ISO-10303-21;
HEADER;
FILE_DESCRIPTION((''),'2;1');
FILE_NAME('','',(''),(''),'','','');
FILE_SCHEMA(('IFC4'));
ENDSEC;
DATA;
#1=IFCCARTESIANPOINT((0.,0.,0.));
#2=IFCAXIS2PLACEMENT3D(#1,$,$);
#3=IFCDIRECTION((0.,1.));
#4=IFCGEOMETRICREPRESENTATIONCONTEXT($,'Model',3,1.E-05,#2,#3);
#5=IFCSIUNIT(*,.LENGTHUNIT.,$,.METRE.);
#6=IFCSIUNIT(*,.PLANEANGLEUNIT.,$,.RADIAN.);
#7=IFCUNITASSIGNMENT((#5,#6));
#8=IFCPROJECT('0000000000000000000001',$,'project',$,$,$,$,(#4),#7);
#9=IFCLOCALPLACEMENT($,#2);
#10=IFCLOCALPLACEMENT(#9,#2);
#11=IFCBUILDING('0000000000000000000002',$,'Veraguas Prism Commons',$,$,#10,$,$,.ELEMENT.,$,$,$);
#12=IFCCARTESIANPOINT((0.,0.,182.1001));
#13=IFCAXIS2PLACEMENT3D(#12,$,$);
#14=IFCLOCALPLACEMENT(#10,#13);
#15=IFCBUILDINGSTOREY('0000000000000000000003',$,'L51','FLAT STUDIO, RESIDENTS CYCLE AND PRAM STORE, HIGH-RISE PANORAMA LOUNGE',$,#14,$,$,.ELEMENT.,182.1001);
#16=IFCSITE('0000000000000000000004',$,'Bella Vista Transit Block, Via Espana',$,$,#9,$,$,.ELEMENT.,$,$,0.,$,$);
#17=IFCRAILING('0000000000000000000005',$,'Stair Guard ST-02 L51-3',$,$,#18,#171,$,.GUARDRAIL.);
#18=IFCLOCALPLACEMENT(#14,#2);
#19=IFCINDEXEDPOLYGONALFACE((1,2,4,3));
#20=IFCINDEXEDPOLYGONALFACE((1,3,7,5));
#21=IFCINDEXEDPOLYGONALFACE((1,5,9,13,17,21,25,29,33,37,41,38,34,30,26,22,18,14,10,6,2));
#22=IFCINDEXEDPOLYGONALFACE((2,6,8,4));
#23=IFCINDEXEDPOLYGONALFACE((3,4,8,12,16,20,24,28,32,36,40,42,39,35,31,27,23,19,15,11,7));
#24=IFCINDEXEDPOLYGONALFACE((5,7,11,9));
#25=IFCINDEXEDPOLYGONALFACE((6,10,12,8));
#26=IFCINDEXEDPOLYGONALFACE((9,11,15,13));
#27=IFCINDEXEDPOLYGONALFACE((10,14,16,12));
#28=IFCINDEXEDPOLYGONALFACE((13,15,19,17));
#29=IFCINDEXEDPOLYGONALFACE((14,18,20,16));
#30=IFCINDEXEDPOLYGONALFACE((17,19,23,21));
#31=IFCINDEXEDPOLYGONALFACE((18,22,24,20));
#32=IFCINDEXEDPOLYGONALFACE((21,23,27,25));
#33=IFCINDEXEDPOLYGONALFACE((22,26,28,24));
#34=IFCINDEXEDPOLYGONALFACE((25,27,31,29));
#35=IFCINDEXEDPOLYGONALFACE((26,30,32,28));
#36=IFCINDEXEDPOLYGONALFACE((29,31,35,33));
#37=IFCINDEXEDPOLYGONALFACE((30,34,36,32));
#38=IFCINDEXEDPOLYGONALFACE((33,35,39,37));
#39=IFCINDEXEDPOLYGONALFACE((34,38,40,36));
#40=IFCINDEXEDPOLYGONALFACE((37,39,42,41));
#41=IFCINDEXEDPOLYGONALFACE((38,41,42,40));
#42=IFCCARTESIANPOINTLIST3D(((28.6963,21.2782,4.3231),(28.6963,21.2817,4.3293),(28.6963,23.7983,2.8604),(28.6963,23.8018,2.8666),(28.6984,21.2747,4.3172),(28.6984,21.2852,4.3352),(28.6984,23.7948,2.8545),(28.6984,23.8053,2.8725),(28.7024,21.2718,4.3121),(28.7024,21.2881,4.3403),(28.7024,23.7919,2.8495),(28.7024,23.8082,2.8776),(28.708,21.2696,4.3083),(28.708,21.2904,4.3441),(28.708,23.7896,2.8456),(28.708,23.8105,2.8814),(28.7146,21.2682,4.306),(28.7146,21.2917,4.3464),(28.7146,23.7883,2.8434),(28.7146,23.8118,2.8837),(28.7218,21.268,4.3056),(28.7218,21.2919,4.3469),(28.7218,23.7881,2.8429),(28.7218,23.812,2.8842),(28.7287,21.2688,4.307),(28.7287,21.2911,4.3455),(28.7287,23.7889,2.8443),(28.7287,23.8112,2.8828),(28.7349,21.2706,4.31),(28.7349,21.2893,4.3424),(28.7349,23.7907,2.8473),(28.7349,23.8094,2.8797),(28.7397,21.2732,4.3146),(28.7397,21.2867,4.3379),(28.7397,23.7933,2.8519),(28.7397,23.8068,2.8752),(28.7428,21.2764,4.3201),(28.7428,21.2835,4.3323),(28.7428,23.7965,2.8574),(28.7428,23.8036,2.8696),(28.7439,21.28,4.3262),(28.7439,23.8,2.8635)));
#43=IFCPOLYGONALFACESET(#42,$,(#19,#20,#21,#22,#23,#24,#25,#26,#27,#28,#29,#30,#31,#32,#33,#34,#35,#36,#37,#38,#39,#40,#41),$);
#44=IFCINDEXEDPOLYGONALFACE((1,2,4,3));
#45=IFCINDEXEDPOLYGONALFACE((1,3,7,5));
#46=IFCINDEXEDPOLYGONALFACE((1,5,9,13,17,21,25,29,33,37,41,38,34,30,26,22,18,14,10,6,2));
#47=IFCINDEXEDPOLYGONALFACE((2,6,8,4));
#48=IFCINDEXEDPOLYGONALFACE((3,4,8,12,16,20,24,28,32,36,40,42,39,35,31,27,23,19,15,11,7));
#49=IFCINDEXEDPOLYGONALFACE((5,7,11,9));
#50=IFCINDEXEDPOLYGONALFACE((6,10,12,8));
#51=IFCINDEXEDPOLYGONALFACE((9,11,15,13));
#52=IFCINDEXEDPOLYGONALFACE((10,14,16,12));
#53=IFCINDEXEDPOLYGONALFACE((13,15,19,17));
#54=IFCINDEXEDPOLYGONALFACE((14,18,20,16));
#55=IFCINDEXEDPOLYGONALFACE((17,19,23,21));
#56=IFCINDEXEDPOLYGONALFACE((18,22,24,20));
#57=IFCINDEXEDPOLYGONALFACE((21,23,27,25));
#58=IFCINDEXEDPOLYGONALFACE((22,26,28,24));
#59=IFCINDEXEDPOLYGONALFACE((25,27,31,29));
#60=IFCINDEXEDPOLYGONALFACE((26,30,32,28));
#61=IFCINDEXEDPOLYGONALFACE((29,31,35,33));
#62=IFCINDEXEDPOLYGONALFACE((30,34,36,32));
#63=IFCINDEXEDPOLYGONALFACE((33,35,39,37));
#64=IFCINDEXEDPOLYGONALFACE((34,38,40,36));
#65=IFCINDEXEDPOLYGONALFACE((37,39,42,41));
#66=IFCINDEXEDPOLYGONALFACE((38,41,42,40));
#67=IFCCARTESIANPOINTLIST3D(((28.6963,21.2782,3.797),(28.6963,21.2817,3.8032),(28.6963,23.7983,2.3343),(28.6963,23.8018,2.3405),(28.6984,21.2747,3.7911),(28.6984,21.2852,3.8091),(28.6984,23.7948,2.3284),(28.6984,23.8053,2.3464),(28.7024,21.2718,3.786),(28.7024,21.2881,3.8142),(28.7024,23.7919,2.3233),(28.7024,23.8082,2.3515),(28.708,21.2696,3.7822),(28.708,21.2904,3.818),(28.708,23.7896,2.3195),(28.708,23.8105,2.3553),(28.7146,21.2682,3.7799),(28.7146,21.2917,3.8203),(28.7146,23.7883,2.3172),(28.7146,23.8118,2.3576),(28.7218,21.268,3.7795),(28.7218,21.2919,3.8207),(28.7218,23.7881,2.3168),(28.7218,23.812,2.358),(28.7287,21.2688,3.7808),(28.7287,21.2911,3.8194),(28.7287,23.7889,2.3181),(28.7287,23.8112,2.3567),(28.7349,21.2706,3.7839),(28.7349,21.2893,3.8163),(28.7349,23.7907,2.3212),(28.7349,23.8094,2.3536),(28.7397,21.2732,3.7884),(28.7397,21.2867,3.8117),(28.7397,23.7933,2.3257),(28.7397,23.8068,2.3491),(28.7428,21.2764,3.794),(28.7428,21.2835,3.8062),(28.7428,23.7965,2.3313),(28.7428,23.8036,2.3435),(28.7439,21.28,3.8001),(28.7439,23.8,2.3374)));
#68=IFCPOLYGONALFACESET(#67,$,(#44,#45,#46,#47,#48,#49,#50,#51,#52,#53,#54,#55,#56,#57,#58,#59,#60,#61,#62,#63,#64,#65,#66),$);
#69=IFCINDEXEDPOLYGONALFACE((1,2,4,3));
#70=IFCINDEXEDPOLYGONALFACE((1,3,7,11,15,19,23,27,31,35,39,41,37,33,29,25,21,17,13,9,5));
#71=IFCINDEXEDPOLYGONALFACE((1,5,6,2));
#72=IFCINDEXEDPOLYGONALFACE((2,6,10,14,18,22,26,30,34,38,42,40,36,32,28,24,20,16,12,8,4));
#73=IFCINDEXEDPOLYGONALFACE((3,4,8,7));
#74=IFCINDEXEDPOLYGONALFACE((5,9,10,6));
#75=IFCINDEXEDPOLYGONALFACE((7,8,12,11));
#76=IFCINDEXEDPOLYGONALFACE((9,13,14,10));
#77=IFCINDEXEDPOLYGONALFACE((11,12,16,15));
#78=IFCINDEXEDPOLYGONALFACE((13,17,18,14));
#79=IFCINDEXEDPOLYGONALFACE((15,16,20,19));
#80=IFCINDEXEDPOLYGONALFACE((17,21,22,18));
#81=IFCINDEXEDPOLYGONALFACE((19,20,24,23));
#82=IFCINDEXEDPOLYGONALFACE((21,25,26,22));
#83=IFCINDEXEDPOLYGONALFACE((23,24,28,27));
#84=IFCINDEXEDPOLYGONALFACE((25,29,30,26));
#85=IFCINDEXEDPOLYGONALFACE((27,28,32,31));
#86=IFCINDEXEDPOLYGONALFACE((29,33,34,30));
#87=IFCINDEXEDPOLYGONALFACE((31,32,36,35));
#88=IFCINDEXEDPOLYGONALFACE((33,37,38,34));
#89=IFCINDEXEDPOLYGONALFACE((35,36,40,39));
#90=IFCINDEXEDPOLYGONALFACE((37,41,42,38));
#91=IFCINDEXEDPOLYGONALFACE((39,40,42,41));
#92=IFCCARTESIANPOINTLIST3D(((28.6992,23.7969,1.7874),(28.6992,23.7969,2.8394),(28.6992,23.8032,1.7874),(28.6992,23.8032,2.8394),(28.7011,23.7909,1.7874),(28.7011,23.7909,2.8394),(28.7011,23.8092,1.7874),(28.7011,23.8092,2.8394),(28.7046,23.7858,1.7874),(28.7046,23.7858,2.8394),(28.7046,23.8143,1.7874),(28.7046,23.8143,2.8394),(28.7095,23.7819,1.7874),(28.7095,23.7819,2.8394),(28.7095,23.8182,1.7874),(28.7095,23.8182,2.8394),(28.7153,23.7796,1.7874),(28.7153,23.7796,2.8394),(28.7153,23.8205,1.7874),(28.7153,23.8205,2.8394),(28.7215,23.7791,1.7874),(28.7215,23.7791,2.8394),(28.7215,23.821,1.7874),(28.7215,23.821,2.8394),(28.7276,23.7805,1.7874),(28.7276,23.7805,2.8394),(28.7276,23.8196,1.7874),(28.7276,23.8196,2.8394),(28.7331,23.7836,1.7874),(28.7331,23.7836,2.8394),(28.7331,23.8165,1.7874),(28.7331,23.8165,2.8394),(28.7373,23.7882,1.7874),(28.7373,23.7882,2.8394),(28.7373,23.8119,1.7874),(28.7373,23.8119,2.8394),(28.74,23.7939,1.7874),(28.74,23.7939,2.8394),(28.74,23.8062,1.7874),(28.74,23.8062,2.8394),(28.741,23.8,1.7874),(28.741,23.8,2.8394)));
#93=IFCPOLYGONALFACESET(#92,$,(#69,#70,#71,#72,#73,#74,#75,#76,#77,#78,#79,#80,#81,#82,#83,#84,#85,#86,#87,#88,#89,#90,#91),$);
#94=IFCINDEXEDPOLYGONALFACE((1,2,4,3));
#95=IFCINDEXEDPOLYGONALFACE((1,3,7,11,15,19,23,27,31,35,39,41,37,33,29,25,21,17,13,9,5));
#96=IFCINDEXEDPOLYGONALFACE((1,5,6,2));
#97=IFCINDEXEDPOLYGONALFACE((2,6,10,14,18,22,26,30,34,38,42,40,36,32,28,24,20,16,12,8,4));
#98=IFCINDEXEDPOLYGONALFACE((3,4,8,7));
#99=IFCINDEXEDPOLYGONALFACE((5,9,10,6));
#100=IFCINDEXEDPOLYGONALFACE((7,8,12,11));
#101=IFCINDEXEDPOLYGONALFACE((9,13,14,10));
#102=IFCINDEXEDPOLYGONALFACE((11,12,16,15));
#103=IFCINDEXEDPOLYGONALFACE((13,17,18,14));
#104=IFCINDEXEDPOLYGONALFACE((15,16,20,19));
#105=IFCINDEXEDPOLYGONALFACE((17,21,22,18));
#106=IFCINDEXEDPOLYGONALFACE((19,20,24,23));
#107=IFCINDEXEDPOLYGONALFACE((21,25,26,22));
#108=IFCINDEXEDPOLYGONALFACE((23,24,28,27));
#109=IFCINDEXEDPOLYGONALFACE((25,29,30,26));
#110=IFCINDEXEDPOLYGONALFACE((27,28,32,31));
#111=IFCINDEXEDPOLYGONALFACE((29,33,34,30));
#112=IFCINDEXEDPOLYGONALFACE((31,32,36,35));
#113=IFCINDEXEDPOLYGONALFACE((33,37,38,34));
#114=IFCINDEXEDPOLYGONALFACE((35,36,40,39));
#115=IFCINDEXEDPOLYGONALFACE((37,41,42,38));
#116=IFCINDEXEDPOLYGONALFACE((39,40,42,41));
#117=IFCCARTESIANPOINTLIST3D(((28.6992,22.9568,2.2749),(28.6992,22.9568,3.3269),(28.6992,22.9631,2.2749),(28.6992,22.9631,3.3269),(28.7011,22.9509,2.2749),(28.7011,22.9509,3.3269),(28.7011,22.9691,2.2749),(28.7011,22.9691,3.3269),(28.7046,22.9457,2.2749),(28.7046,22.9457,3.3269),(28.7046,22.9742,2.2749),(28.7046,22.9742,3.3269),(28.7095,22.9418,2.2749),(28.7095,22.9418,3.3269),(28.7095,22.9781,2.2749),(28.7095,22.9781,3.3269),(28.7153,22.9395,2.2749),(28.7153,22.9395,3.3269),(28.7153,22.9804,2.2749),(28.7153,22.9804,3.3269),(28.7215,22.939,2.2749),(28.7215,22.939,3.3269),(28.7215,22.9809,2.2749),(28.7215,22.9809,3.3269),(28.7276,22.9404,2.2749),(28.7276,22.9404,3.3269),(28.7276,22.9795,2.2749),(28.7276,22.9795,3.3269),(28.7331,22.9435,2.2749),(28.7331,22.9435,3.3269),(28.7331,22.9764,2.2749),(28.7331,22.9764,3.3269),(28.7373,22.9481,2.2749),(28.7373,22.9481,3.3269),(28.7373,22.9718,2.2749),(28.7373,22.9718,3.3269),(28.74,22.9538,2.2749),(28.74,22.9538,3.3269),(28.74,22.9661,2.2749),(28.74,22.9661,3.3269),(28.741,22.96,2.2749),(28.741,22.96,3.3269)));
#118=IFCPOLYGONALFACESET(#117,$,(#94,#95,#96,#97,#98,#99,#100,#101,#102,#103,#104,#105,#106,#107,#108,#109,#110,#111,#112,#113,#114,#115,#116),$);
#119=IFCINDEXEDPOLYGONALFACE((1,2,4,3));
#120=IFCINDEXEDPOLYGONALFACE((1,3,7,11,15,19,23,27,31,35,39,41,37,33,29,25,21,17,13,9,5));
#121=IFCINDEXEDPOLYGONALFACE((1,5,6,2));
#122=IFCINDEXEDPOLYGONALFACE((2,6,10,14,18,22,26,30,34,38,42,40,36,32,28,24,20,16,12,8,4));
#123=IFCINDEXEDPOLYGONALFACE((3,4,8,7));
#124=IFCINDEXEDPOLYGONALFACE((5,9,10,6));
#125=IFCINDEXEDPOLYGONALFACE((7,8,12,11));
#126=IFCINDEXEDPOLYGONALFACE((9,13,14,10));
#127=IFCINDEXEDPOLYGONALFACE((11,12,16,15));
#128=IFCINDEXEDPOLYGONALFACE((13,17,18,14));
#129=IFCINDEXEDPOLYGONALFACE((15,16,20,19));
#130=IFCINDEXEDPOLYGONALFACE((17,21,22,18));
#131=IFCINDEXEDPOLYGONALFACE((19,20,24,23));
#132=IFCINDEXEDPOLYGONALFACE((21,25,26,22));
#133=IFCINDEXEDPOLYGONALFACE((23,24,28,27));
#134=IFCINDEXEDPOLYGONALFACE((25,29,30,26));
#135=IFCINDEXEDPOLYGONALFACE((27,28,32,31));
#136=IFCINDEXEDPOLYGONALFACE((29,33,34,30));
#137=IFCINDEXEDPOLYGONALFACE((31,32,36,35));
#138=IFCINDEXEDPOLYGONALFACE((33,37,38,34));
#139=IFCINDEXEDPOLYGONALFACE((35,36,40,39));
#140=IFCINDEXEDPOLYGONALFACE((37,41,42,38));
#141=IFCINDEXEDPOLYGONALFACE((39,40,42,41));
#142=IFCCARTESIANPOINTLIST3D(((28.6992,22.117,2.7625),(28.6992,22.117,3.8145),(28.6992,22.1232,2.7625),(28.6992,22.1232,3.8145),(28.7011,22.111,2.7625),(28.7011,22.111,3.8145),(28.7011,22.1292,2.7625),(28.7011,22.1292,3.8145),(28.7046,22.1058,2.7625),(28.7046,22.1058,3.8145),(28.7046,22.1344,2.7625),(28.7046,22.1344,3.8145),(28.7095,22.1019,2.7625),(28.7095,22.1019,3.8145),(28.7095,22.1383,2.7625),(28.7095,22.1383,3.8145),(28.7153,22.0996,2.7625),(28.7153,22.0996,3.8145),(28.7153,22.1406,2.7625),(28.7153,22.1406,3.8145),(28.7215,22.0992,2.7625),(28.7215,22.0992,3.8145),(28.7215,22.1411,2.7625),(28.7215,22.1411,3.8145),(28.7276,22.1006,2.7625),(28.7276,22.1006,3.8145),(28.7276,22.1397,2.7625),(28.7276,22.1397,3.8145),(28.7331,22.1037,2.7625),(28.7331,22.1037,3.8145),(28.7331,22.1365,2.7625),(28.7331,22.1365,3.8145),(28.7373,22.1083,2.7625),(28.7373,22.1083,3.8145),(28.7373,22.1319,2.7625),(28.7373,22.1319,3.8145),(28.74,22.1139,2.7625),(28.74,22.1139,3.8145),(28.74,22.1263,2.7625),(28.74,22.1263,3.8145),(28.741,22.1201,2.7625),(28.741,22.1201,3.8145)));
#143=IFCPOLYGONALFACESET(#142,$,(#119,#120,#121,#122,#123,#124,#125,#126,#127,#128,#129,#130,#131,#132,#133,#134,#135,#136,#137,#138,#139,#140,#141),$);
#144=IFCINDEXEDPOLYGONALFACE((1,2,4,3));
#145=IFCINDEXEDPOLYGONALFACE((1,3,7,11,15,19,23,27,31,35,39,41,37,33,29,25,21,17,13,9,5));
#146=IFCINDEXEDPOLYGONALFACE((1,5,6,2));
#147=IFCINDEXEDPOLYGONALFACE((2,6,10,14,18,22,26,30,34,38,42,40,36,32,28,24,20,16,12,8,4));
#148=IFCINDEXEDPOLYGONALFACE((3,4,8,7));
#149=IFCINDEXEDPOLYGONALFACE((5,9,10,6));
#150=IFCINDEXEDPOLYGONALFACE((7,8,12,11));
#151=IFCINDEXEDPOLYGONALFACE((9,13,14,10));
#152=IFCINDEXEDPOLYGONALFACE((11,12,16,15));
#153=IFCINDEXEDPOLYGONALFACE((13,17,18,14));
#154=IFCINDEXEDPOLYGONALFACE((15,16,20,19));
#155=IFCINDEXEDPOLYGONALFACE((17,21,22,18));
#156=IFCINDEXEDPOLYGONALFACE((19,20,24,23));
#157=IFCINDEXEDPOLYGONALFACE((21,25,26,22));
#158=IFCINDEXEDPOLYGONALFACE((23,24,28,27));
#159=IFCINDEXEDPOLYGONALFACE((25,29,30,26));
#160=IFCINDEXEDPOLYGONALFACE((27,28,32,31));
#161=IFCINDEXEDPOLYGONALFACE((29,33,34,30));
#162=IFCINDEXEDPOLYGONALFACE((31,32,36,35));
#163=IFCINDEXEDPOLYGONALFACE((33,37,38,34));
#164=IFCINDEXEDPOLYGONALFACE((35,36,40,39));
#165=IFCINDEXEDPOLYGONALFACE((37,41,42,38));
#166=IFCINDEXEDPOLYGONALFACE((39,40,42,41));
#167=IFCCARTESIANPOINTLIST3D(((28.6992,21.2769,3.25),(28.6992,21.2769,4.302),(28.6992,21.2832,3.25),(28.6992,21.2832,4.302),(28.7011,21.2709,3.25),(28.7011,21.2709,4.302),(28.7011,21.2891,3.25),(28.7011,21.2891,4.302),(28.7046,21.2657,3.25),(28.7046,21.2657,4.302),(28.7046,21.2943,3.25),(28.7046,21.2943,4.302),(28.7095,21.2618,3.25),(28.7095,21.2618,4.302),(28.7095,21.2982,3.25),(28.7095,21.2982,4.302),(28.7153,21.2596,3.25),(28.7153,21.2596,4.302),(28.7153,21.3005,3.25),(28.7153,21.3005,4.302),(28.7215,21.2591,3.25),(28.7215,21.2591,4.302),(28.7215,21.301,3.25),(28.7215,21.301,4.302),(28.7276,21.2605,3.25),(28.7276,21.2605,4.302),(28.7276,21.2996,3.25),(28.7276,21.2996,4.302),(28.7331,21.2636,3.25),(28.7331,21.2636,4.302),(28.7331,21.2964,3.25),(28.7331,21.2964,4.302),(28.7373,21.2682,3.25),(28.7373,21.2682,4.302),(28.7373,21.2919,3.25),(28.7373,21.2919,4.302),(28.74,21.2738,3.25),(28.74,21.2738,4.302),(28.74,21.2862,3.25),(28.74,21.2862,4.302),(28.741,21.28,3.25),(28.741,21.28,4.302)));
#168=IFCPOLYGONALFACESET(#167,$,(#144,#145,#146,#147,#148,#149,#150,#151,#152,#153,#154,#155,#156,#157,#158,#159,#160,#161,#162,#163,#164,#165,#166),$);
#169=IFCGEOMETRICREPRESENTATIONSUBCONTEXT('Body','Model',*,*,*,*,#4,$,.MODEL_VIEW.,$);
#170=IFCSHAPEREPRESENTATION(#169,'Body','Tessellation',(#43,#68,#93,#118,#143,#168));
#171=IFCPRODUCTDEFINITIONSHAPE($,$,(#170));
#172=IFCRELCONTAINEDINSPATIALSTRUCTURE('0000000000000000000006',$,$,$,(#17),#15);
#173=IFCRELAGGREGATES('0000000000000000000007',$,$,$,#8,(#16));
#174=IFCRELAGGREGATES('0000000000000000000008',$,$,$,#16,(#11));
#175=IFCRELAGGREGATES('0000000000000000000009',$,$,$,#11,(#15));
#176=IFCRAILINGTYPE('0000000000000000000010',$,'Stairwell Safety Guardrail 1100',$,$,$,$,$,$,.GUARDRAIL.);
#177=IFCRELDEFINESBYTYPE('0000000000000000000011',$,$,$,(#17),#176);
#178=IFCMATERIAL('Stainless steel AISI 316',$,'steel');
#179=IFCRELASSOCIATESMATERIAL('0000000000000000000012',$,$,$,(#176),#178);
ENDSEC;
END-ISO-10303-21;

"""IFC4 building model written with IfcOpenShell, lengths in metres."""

from ifc_helpers import new_model, si_unit, direction, frame, origin, origin_2d, place, context, subcontext, project, spatial, circle, extrude, material, type_object, element, save


model = new_model("IFC4")

# Units and contexts
model_context = context("Model", 3, precision=1e-05, world=origin(), true_north=direction((0.0, 1.0)))
body_context = subcontext(model_context, "Body", "Model", "MODEL_VIEW")
ifc_project = project(units=[si_unit("LENGTHUNIT", "METRE"), si_unit("PLANEANGLEUNIT", "RADIAN")], contexts=[model_context])

# Site, building, storey
site_placement = place(None, origin())
site = spatial("IfcSite", under=ifc_project, at=site_placement, Name="Bella Vista Transit Block, Via Espana", CompositionType="ELEMENT", RefElevation=0.0)
building_placement = place(site_placement, origin())
building = spatial("IfcBuilding", under=site, at=building_placement, Name="Veraguas Prism Commons", CompositionType="ELEMENT")
storey_placement = place(building_placement, frame((0.0, 0.0, 182.1001)))
storey = spatial("IfcBuildingStorey", under=building, at=storey_placement, Name="L51", Description="FLAT STUDIO, RESIDENTS CYCLE AND PRAM STORE, HIGH-RISE PANORAMA LOUNGE", CompositionType="ELEMENT", Elevation=182.1001)

# Railing
ifc_material_1 = material(Name="Stainless steel AISI 316", Category="steel")
railing_type_1 = type_object("IfcRailingType", Name="Stairwell Safety Guardrail 1100", PredefinedType="GUARDRAIL", material=ifc_material_1)
railing_1_placement = place(storey_placement, frame((28.72, 23.8, 1.7874)))
element("IfcRailing", 1, at=railing_1_placement, inside=storey, type_object=railing_type_1, Name="Stair Guard ST-02 L51-3", PredefinedType="GUARDRAIL", context=body_context, shape_type="SweptSolid", body=[
    extrude(circle(Radius=0.0239, at=origin_2d()), frame((0.0, 0.0, 1.0762), z_axis=(0.0, -0.864877, 0.501984), x_axis=(1.0, 0.0, 0.0)), (0.0, 0.0, 1.0), 2.9138),
    extrude(circle(Radius=0.0239, at=origin_2d()), frame((0.0, 0.0, 0.55), z_axis=(0.0, -0.864877, 0.501984), x_axis=(1.0, 0.0, 0.0)), (0.0, 0.0, 1.0), 2.9138),
    extrude(circle(Radius=0.021, at=origin_2d()), origin(), (0.0, 0.0, 1.0), 1.052),
    extrude(circle(Radius=0.021, at=origin_2d()), frame((0.0, -0.8401, 0.4875)), (0.0, 0.0, 1.0), 1.052),
    extrude(circle(Radius=0.021, at=origin_2d()), frame((0.0, -1.6799, 0.9751)), (0.0, 0.0, 1.0), 1.052),
    extrude(circle(Radius=0.021, at=origin_2d()), frame((0.0, -2.52, 1.4626)), (0.0, 0.0, 1.0), 1.052),
])

save(model, "model.ifc")
